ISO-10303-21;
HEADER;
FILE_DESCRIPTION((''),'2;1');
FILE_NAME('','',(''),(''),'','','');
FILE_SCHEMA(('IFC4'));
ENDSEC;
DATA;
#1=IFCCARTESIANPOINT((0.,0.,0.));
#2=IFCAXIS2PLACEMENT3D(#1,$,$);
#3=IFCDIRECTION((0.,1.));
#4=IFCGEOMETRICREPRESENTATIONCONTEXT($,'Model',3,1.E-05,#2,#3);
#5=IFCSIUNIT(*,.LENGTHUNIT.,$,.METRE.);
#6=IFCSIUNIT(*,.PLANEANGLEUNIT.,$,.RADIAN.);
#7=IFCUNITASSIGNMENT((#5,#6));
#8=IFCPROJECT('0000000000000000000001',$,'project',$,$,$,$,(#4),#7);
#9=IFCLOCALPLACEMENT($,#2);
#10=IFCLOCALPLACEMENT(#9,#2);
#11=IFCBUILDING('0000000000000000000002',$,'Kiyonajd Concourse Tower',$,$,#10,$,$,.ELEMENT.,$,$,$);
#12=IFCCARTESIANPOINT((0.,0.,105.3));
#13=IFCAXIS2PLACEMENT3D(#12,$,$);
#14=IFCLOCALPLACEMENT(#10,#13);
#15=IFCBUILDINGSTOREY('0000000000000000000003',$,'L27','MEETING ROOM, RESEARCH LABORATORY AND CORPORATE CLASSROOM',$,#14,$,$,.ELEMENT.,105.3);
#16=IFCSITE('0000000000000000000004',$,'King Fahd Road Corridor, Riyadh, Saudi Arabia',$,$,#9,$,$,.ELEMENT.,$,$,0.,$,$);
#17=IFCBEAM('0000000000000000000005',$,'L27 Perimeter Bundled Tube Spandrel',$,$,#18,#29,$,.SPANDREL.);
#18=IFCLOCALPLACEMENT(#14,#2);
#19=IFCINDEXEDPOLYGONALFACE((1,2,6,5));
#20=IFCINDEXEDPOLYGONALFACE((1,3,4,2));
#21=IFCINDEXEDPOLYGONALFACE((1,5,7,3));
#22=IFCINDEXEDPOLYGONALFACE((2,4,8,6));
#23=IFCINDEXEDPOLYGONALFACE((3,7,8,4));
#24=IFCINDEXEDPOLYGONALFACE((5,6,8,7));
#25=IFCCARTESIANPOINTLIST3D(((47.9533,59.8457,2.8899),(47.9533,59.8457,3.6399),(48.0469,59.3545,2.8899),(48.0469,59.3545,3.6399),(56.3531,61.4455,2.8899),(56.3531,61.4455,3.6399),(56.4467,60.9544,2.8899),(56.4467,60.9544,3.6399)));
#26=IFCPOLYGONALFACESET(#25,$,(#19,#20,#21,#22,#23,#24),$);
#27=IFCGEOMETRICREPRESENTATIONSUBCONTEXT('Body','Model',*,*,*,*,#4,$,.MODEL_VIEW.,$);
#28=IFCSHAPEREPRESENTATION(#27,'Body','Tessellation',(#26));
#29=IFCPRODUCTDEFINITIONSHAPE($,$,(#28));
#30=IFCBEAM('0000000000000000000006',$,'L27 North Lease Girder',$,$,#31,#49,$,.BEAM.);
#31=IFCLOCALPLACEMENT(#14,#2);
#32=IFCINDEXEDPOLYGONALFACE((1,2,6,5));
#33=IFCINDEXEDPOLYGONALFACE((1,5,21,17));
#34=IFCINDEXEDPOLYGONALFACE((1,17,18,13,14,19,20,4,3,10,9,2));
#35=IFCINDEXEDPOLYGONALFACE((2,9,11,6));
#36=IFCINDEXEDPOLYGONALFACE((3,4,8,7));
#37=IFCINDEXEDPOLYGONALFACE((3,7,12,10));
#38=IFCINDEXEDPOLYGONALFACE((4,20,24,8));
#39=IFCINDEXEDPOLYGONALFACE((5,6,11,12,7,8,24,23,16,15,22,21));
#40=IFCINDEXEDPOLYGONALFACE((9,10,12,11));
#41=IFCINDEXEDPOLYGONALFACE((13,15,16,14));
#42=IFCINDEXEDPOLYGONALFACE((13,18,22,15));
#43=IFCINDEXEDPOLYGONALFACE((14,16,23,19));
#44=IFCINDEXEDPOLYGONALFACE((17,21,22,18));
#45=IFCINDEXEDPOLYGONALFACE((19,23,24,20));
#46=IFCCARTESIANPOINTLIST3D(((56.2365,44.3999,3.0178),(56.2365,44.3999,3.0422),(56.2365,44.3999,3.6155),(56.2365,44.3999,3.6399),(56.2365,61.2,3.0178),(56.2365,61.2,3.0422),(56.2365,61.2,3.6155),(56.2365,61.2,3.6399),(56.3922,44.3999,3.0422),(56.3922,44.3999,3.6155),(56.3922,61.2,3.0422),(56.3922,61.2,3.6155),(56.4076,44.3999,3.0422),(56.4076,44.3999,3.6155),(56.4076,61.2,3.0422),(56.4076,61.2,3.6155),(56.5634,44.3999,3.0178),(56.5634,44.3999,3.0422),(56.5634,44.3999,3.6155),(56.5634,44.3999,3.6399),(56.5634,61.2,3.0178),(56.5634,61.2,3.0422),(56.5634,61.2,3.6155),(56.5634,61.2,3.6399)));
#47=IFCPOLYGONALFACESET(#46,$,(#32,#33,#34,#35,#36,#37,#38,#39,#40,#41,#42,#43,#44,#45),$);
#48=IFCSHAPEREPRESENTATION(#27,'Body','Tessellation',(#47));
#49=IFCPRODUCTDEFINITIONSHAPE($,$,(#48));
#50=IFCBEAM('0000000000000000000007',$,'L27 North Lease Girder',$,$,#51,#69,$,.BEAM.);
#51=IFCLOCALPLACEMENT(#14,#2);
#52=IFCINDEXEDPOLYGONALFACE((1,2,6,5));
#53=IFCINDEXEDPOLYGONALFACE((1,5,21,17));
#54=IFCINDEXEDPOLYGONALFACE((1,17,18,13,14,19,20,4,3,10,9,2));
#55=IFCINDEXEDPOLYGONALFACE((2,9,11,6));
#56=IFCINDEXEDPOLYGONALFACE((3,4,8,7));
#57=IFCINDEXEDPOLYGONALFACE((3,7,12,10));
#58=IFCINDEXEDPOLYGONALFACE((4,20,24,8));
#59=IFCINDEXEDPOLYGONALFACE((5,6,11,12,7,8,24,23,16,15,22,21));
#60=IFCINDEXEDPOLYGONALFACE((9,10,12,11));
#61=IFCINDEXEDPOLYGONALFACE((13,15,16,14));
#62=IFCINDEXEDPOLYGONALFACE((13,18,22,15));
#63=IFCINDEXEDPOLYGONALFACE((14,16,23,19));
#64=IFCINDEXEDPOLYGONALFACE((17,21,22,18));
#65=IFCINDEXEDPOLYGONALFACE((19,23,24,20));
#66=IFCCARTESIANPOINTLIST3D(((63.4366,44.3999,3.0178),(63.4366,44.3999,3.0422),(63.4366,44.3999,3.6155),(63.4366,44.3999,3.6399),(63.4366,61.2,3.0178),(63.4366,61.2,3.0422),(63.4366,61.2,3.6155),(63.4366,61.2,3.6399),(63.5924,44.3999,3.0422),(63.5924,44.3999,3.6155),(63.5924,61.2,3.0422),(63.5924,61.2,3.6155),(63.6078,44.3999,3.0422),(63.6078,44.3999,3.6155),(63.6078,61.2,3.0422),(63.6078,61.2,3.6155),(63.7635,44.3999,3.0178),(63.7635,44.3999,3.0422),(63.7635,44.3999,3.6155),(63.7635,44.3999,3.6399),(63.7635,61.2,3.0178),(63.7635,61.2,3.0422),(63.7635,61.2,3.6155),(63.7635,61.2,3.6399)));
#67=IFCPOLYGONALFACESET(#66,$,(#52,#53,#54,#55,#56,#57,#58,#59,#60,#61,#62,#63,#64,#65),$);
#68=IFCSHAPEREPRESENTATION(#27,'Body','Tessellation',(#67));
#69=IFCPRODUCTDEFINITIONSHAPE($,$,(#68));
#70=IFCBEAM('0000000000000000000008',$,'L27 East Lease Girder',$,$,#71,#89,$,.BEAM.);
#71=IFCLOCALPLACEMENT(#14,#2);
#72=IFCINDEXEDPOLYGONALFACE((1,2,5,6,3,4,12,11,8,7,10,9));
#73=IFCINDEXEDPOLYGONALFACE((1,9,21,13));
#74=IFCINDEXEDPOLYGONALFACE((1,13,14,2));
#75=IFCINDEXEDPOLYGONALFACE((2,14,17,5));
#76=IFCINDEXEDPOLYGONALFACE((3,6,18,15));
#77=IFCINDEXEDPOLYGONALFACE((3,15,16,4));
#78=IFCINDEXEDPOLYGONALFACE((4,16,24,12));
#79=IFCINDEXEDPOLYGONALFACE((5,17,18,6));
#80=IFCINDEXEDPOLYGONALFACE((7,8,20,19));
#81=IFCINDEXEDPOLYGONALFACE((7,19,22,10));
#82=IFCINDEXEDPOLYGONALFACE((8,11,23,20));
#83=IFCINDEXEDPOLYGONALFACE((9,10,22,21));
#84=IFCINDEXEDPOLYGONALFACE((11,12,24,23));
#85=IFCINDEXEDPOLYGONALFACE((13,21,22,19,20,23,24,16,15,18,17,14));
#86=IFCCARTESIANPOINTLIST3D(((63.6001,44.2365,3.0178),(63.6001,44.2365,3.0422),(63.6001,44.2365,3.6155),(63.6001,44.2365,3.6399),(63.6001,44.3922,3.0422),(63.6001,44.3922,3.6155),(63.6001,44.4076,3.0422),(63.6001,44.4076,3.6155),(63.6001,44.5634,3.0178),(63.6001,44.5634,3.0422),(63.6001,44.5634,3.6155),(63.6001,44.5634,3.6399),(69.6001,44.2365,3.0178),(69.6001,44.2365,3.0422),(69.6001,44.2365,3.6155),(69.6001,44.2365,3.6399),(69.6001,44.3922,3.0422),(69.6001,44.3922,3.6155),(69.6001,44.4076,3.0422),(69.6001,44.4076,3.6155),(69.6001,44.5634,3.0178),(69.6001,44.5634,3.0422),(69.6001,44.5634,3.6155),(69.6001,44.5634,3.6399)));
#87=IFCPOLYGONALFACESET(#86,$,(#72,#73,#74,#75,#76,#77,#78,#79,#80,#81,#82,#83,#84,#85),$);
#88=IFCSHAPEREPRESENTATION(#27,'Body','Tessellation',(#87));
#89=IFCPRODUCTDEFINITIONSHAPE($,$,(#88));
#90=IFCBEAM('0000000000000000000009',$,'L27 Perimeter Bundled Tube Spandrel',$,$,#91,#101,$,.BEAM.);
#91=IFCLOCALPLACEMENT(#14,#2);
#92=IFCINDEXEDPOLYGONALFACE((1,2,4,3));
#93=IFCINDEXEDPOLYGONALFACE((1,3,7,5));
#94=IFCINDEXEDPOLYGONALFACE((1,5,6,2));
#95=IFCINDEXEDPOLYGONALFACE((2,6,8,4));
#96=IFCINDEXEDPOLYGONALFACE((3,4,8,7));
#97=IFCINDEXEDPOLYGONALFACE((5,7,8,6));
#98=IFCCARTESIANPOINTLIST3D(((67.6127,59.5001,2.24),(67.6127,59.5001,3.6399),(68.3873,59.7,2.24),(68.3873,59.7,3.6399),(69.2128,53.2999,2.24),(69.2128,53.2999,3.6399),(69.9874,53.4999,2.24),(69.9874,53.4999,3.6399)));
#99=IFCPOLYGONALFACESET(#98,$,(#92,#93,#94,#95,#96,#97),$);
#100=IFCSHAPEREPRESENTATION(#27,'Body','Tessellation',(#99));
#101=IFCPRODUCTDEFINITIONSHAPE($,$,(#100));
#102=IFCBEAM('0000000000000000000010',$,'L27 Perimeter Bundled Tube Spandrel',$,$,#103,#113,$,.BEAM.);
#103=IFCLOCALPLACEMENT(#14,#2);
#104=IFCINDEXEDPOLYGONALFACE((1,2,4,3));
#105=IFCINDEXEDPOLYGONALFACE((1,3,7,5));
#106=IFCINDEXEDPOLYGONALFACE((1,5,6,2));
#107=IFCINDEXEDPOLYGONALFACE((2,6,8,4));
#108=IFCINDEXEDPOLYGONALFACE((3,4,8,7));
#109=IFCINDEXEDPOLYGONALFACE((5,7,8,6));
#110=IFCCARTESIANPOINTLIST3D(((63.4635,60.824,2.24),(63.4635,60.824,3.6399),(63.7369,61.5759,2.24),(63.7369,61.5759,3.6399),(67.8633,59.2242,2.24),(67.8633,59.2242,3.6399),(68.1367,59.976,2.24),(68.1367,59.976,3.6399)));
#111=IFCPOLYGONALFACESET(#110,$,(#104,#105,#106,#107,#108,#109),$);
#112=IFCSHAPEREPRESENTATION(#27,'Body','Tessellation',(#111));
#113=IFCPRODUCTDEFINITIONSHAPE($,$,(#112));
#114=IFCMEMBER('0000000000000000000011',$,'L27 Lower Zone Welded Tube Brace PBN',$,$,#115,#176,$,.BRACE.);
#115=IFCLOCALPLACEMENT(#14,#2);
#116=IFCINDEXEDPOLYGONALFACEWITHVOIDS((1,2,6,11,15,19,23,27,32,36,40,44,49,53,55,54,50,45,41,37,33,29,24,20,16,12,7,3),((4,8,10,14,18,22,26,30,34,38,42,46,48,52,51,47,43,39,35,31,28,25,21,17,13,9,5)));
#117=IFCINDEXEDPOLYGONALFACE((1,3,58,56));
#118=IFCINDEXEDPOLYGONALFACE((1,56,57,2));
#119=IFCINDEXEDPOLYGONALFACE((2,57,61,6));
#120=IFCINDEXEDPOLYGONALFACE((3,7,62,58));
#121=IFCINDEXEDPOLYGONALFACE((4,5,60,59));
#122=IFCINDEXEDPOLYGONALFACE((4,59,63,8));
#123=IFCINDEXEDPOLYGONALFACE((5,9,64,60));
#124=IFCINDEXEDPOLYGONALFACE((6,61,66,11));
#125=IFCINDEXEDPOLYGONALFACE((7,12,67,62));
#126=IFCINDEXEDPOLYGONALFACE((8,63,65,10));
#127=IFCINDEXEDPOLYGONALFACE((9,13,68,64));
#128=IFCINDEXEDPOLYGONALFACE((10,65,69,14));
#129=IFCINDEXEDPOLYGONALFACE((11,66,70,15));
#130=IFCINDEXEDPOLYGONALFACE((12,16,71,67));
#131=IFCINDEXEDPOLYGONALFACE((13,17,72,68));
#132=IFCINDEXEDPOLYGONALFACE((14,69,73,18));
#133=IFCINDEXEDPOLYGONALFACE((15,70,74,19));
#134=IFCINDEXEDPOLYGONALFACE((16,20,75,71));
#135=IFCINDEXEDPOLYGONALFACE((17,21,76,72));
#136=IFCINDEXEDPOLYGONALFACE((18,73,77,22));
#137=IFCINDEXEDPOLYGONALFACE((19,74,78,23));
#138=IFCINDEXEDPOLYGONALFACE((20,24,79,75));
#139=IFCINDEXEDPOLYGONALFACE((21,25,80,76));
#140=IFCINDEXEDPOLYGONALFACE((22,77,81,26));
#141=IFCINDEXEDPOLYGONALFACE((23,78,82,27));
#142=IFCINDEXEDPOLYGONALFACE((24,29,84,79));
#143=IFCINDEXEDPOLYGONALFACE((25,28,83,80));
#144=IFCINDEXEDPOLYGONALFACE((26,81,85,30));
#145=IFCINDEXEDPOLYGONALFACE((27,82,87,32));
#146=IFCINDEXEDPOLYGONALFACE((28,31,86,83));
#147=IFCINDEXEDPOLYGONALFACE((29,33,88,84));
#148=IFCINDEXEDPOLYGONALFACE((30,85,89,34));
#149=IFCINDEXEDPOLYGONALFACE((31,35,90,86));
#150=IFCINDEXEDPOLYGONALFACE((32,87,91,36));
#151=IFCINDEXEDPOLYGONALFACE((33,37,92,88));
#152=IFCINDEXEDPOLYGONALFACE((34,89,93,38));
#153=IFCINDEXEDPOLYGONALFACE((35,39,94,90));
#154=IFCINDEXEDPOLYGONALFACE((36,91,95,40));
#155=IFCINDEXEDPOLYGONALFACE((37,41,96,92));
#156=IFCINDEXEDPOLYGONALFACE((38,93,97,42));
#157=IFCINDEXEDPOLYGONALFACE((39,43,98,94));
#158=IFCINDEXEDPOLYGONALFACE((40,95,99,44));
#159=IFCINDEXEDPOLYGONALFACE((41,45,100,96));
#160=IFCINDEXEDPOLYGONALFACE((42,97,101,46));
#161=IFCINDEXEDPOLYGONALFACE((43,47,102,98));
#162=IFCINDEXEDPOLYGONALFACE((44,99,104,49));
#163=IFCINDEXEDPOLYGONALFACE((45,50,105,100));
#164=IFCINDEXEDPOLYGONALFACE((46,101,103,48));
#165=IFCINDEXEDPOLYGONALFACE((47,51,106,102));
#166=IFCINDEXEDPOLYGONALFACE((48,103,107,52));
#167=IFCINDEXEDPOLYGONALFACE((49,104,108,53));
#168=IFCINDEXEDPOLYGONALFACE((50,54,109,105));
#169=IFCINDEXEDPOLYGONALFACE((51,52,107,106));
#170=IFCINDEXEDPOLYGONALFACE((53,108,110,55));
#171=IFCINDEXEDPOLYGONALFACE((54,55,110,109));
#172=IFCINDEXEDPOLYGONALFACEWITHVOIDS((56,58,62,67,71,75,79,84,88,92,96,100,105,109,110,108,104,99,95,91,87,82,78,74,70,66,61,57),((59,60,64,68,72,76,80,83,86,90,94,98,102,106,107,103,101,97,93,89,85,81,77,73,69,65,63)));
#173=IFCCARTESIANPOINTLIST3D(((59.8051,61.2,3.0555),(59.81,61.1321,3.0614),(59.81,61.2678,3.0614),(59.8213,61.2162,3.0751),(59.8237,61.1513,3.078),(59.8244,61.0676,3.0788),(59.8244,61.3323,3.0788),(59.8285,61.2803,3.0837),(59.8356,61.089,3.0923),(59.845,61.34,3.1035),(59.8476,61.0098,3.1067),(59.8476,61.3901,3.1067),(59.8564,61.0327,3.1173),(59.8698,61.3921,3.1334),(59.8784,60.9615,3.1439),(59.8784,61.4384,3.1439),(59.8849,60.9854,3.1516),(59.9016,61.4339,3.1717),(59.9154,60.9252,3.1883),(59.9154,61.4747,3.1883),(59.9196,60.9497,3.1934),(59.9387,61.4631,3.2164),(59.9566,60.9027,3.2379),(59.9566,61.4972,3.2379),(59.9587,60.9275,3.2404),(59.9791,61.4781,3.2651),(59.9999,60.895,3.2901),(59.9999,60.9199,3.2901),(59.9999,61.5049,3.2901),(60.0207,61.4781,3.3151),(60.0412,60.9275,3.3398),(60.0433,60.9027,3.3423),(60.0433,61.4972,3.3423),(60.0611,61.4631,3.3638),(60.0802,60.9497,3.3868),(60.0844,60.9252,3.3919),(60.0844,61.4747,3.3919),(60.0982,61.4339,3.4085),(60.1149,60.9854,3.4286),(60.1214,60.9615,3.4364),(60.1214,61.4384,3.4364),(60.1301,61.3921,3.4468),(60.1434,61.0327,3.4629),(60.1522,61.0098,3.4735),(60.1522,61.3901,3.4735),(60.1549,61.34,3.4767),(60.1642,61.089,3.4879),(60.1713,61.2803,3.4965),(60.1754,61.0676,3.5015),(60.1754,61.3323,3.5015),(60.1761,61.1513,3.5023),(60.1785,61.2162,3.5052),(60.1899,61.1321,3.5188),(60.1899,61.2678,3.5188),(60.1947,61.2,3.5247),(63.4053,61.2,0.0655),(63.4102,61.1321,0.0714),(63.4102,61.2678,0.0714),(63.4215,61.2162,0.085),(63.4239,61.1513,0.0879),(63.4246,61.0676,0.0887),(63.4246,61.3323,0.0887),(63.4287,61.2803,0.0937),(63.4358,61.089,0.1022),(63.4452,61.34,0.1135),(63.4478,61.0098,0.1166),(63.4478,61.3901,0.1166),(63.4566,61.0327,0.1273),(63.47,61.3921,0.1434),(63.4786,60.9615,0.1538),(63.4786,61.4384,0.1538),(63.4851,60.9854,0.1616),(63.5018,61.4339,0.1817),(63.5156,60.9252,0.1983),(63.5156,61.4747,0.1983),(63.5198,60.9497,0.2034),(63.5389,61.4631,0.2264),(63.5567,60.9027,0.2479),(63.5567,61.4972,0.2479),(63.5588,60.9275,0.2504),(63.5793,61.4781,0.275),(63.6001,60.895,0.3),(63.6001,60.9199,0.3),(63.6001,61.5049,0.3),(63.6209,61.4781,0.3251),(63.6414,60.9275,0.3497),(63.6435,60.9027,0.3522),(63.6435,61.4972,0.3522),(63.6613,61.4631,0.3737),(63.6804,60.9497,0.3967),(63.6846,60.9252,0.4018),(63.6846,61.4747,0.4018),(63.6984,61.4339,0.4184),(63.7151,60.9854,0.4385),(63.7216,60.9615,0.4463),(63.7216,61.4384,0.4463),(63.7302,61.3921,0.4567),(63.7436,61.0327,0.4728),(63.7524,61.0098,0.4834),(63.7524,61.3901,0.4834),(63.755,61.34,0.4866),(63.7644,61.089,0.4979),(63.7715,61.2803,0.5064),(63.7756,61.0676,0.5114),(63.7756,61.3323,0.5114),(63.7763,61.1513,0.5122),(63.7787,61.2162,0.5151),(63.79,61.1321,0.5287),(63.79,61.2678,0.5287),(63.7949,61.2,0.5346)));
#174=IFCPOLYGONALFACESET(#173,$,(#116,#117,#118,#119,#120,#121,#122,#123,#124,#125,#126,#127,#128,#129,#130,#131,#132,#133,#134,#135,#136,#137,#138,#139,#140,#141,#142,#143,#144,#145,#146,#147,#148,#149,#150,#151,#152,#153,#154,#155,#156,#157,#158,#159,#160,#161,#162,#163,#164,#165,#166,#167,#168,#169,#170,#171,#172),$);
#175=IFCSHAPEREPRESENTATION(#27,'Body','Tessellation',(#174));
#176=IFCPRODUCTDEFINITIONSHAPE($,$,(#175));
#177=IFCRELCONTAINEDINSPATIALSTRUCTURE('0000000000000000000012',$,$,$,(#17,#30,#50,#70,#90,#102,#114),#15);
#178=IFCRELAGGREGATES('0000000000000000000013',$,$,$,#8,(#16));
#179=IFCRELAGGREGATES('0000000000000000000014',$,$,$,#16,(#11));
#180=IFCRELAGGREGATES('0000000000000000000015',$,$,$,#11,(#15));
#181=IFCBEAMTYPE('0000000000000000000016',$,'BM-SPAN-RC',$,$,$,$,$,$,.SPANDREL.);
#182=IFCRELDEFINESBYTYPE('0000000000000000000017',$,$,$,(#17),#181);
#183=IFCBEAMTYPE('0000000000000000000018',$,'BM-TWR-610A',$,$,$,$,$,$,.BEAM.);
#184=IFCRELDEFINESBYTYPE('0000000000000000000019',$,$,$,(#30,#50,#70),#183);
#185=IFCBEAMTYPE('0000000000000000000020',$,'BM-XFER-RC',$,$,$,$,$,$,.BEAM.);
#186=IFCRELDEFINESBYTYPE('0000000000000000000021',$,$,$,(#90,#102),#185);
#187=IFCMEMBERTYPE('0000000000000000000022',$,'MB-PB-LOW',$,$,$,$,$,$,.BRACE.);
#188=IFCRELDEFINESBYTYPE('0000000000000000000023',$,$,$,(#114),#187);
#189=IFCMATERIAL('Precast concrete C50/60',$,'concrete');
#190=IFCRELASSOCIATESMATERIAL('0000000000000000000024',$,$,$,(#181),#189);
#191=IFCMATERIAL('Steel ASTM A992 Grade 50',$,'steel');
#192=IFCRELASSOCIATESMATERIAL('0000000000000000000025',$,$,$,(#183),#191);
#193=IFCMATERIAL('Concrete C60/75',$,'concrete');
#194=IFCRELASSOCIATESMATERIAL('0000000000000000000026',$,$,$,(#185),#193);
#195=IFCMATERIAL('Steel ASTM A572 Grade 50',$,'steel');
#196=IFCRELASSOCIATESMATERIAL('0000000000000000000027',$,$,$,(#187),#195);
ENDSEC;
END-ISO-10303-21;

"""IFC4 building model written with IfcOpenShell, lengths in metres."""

from ifc_helpers import new_model, si_unit, direction, frame, origin, origin_2d, place, context, subcontext, project, spatial, rectangle, hollow_circle, i_section, extrude, material, material_profile, profile_set, type_object, element, save


model = new_model("IFC4")

# Units and contexts
model_context = context("Model", 3, precision=1e-05, world=origin(), true_north=direction((0.0, 1.0)))
body_context = subcontext(model_context, "Body", "Model", "MODEL_VIEW")
ifc_project = project(units=[si_unit("LENGTHUNIT", "METRE"), si_unit("PLANEANGLEUNIT", "RADIAN")], contexts=[model_context])

# Site, building, storey
site_placement = place(None, origin())
site = spatial("IfcSite", under=ifc_project, at=site_placement, Name="King Fahd Road Corridor, Riyadh, Saudi Arabia", CompositionType="ELEMENT", RefElevation=0.0)
building_placement = place(site_placement, origin())
building = spatial("IfcBuilding", under=site, at=building_placement, Name="Kiyonajd Concourse Tower", CompositionType="ELEMENT")
storey_placement = place(building_placement, frame((0.0, 0.0, 105.3)))
storey = spatial("IfcBuildingStorey", under=building, at=storey_placement, Name="L27", Description="MEETING ROOM, RESEARCH LABORATORY AND CORPORATE CLASSROOM", CompositionType="ELEMENT", Elevation=105.3)

# Beams
ifc_material_1 = material(Name="Steel ASTM A992 Grade 50", Category="steel")
ifc_material_2 = material(Name="Precast concrete C50/60", Category="concrete")
ifc_material_profile_1 = material_profile(ifc_material_2, rectangle(XDim=0.5, YDim=0.75, at=origin_2d()), Name="RCBM-500x750")
ifc_profile_set_1 = profile_set([ifc_material_profile_1], Name="Precast concrete C50/60")
beam_type_1 = type_object("IfcBeamType", Name="BM-SPAN-RC", PredefinedType="SPANDREL", material=ifc_profile_set_1)
beam_1_placement = place(storey_placement, frame((56.3999, 61.2, 3.2649), z_axis=(-0.982341, -0.187098, 0.0), x_axis=(0.187098, -0.982341, 0.0)))
element("IfcBeam", 1, at=beam_1_placement, inside=storey, type_object=beam_type_1, Name="L27 Perimeter Bundled Tube Spandrel", PredefinedType="SPANDREL", context=body_context, shape_type="SweptSolid", body=[
    extrude(rectangle(XDim=0.5, YDim=0.75, at=origin_2d()), origin(), (0.0, 0.0, 1.0), 8.5508),
])
ifc_material_profile_2 = material_profile(ifc_material_1, i_section(OverallWidth=0.3269, OverallDepth=0.6221, WebThickness=0.0154, FlangeThickness=0.0244, at=origin_2d()), Name="W610X195")
ifc_profile_set_2 = profile_set([ifc_material_profile_2], Name="Steel ASTM A992 Grade 50")
beam_type_2 = type_object("IfcBeamType", Name="BM-TWR-610A", PredefinedType="BEAM", material=ifc_profile_set_2)
for number, where, z_axis, x_axis, name in (
    (2, (56.3999, 44.3999, 3.3289), (0.0, 1.0, 0.0), (-1.0, 0.0, 0.0), "L27 North Lease Girder"),
    (3, (63.6001, 44.3999, 3.3289), (0.0, 1.0, 0.0), (-1.0, 0.0, 0.0), "L27 North Lease Girder"),
):
    element("IfcBeam", number, at=place(storey_placement, frame(where, z_axis=z_axis, x_axis=x_axis)), inside=storey, type_object=beam_type_2, Name=name, PredefinedType="BEAM", context=body_context, shape_type="SweptSolid", body=[
        extrude(i_section(OverallWidth=0.3269, OverallDepth=0.6221, WebThickness=0.0154, FlangeThickness=0.0244, at=origin_2d()), origin(), (0.0, 0.0, 1.0), 16.8),
    ])
beam_2_placement = place(storey_placement, frame((63.6001, 44.3999, 3.3289), z_axis=(1.0, 0.0, 0.0), x_axis=(0.0, 1.0, 0.0)))
element("IfcBeam", 4, at=beam_2_placement, inside=storey, type_object=beam_type_2, Name="L27 East Lease Girder", PredefinedType="BEAM", context=body_context, shape_type="SweptSolid", body=[
    extrude(i_section(OverallWidth=0.3269, OverallDepth=0.6221, WebThickness=0.0154, FlangeThickness=0.0244, at=origin_2d()), origin(), (0.0, 0.0, 1.0), 6.0),
])
ifc_material_3 = material(Name="Concrete C60/75", Category="concrete")
ifc_material_profile_3 = material_profile(ifc_material_3, rectangle(XDim=0.8, YDim=1.3999, at=origin_2d()), Name="RCBM-800x1400")
ifc_profile_set_3 = profile_set([ifc_material_profile_3], Name="Concrete C60/75")
beam_type_3 = type_object("IfcBeamType", Name="BM-XFER-RC", PredefinedType="BEAM", material=ifc_profile_set_3)
beam_3_placement = place(storey_placement, frame((69.6001, 53.3999, 2.9399), z_axis=(-0.249885, 0.968276, 0.0), x_axis=(-0.968276, -0.249885, 0.0)))
element("IfcBeam", 5, at=beam_3_placement, inside=storey, type_object=beam_type_3, Name="L27 Perimeter Bundled Tube Spandrel", PredefinedType="BEAM", context=body_context, shape_type="SweptSolid", body=[
    extrude(rectangle(XDim=0.8, YDim=1.3999, at=origin_2d()), origin(), (0.0, 0.0, 1.0), 6.4033),
])
beam_4_placement = place(storey_placement, frame((68.0, 59.6001, 2.9399), z_axis=(-0.939801, 0.341722, 0.0), x_axis=(-0.341722, -0.939801, 0.0)))
element("IfcBeam", 6, at=beam_4_placement, inside=storey, type_object=beam_type_3, Name="L27 Perimeter Bundled Tube Spandrel", PredefinedType="BEAM", context=body_context, shape_type="SweptSolid", body=[
    extrude(rectangle(XDim=0.8, YDim=1.3999, at=origin_2d()), origin(), (0.0, 0.0, 1.0), 4.6816),
])

# Member
ifc_material_4 = material(Name="Steel ASTM A572 Grade 50", Category="steel")
ifc_material_profile_4 = material_profile(ifc_material_4, hollow_circle(Radius=0.3049, WallThickness=0.0249, at=origin_2d()), Name="CHS-610x25")
ifc_profile_set_4 = profile_set([ifc_material_profile_4], Name="Steel ASTM A572 Grade 50")
member_type = type_object("IfcMemberType", Name="MB-PB-LOW", PredefinedType="BRACE", material=ifc_profile_set_4)
member_1_placement = place(storey_placement, frame((63.6001, 61.2, 0.3), z_axis=(-0.769281, 0.0, 0.638911), x_axis=(0.0, -1.0, 0.0)))
element("IfcMember", 7, at=member_1_placement, inside=storey, type_object=member_type, Name="L27 Lower Zone Welded Tube Brace PBN", PredefinedType="BRACE", context=body_context, shape_type="SweptSolid", body=[
    extrude(hollow_circle(Radius=0.3049, WallThickness=0.0249, at=origin_2d()), origin(), (0.0, 0.0, 1.0), 4.6799),
])

save(model, "model.ifc")
